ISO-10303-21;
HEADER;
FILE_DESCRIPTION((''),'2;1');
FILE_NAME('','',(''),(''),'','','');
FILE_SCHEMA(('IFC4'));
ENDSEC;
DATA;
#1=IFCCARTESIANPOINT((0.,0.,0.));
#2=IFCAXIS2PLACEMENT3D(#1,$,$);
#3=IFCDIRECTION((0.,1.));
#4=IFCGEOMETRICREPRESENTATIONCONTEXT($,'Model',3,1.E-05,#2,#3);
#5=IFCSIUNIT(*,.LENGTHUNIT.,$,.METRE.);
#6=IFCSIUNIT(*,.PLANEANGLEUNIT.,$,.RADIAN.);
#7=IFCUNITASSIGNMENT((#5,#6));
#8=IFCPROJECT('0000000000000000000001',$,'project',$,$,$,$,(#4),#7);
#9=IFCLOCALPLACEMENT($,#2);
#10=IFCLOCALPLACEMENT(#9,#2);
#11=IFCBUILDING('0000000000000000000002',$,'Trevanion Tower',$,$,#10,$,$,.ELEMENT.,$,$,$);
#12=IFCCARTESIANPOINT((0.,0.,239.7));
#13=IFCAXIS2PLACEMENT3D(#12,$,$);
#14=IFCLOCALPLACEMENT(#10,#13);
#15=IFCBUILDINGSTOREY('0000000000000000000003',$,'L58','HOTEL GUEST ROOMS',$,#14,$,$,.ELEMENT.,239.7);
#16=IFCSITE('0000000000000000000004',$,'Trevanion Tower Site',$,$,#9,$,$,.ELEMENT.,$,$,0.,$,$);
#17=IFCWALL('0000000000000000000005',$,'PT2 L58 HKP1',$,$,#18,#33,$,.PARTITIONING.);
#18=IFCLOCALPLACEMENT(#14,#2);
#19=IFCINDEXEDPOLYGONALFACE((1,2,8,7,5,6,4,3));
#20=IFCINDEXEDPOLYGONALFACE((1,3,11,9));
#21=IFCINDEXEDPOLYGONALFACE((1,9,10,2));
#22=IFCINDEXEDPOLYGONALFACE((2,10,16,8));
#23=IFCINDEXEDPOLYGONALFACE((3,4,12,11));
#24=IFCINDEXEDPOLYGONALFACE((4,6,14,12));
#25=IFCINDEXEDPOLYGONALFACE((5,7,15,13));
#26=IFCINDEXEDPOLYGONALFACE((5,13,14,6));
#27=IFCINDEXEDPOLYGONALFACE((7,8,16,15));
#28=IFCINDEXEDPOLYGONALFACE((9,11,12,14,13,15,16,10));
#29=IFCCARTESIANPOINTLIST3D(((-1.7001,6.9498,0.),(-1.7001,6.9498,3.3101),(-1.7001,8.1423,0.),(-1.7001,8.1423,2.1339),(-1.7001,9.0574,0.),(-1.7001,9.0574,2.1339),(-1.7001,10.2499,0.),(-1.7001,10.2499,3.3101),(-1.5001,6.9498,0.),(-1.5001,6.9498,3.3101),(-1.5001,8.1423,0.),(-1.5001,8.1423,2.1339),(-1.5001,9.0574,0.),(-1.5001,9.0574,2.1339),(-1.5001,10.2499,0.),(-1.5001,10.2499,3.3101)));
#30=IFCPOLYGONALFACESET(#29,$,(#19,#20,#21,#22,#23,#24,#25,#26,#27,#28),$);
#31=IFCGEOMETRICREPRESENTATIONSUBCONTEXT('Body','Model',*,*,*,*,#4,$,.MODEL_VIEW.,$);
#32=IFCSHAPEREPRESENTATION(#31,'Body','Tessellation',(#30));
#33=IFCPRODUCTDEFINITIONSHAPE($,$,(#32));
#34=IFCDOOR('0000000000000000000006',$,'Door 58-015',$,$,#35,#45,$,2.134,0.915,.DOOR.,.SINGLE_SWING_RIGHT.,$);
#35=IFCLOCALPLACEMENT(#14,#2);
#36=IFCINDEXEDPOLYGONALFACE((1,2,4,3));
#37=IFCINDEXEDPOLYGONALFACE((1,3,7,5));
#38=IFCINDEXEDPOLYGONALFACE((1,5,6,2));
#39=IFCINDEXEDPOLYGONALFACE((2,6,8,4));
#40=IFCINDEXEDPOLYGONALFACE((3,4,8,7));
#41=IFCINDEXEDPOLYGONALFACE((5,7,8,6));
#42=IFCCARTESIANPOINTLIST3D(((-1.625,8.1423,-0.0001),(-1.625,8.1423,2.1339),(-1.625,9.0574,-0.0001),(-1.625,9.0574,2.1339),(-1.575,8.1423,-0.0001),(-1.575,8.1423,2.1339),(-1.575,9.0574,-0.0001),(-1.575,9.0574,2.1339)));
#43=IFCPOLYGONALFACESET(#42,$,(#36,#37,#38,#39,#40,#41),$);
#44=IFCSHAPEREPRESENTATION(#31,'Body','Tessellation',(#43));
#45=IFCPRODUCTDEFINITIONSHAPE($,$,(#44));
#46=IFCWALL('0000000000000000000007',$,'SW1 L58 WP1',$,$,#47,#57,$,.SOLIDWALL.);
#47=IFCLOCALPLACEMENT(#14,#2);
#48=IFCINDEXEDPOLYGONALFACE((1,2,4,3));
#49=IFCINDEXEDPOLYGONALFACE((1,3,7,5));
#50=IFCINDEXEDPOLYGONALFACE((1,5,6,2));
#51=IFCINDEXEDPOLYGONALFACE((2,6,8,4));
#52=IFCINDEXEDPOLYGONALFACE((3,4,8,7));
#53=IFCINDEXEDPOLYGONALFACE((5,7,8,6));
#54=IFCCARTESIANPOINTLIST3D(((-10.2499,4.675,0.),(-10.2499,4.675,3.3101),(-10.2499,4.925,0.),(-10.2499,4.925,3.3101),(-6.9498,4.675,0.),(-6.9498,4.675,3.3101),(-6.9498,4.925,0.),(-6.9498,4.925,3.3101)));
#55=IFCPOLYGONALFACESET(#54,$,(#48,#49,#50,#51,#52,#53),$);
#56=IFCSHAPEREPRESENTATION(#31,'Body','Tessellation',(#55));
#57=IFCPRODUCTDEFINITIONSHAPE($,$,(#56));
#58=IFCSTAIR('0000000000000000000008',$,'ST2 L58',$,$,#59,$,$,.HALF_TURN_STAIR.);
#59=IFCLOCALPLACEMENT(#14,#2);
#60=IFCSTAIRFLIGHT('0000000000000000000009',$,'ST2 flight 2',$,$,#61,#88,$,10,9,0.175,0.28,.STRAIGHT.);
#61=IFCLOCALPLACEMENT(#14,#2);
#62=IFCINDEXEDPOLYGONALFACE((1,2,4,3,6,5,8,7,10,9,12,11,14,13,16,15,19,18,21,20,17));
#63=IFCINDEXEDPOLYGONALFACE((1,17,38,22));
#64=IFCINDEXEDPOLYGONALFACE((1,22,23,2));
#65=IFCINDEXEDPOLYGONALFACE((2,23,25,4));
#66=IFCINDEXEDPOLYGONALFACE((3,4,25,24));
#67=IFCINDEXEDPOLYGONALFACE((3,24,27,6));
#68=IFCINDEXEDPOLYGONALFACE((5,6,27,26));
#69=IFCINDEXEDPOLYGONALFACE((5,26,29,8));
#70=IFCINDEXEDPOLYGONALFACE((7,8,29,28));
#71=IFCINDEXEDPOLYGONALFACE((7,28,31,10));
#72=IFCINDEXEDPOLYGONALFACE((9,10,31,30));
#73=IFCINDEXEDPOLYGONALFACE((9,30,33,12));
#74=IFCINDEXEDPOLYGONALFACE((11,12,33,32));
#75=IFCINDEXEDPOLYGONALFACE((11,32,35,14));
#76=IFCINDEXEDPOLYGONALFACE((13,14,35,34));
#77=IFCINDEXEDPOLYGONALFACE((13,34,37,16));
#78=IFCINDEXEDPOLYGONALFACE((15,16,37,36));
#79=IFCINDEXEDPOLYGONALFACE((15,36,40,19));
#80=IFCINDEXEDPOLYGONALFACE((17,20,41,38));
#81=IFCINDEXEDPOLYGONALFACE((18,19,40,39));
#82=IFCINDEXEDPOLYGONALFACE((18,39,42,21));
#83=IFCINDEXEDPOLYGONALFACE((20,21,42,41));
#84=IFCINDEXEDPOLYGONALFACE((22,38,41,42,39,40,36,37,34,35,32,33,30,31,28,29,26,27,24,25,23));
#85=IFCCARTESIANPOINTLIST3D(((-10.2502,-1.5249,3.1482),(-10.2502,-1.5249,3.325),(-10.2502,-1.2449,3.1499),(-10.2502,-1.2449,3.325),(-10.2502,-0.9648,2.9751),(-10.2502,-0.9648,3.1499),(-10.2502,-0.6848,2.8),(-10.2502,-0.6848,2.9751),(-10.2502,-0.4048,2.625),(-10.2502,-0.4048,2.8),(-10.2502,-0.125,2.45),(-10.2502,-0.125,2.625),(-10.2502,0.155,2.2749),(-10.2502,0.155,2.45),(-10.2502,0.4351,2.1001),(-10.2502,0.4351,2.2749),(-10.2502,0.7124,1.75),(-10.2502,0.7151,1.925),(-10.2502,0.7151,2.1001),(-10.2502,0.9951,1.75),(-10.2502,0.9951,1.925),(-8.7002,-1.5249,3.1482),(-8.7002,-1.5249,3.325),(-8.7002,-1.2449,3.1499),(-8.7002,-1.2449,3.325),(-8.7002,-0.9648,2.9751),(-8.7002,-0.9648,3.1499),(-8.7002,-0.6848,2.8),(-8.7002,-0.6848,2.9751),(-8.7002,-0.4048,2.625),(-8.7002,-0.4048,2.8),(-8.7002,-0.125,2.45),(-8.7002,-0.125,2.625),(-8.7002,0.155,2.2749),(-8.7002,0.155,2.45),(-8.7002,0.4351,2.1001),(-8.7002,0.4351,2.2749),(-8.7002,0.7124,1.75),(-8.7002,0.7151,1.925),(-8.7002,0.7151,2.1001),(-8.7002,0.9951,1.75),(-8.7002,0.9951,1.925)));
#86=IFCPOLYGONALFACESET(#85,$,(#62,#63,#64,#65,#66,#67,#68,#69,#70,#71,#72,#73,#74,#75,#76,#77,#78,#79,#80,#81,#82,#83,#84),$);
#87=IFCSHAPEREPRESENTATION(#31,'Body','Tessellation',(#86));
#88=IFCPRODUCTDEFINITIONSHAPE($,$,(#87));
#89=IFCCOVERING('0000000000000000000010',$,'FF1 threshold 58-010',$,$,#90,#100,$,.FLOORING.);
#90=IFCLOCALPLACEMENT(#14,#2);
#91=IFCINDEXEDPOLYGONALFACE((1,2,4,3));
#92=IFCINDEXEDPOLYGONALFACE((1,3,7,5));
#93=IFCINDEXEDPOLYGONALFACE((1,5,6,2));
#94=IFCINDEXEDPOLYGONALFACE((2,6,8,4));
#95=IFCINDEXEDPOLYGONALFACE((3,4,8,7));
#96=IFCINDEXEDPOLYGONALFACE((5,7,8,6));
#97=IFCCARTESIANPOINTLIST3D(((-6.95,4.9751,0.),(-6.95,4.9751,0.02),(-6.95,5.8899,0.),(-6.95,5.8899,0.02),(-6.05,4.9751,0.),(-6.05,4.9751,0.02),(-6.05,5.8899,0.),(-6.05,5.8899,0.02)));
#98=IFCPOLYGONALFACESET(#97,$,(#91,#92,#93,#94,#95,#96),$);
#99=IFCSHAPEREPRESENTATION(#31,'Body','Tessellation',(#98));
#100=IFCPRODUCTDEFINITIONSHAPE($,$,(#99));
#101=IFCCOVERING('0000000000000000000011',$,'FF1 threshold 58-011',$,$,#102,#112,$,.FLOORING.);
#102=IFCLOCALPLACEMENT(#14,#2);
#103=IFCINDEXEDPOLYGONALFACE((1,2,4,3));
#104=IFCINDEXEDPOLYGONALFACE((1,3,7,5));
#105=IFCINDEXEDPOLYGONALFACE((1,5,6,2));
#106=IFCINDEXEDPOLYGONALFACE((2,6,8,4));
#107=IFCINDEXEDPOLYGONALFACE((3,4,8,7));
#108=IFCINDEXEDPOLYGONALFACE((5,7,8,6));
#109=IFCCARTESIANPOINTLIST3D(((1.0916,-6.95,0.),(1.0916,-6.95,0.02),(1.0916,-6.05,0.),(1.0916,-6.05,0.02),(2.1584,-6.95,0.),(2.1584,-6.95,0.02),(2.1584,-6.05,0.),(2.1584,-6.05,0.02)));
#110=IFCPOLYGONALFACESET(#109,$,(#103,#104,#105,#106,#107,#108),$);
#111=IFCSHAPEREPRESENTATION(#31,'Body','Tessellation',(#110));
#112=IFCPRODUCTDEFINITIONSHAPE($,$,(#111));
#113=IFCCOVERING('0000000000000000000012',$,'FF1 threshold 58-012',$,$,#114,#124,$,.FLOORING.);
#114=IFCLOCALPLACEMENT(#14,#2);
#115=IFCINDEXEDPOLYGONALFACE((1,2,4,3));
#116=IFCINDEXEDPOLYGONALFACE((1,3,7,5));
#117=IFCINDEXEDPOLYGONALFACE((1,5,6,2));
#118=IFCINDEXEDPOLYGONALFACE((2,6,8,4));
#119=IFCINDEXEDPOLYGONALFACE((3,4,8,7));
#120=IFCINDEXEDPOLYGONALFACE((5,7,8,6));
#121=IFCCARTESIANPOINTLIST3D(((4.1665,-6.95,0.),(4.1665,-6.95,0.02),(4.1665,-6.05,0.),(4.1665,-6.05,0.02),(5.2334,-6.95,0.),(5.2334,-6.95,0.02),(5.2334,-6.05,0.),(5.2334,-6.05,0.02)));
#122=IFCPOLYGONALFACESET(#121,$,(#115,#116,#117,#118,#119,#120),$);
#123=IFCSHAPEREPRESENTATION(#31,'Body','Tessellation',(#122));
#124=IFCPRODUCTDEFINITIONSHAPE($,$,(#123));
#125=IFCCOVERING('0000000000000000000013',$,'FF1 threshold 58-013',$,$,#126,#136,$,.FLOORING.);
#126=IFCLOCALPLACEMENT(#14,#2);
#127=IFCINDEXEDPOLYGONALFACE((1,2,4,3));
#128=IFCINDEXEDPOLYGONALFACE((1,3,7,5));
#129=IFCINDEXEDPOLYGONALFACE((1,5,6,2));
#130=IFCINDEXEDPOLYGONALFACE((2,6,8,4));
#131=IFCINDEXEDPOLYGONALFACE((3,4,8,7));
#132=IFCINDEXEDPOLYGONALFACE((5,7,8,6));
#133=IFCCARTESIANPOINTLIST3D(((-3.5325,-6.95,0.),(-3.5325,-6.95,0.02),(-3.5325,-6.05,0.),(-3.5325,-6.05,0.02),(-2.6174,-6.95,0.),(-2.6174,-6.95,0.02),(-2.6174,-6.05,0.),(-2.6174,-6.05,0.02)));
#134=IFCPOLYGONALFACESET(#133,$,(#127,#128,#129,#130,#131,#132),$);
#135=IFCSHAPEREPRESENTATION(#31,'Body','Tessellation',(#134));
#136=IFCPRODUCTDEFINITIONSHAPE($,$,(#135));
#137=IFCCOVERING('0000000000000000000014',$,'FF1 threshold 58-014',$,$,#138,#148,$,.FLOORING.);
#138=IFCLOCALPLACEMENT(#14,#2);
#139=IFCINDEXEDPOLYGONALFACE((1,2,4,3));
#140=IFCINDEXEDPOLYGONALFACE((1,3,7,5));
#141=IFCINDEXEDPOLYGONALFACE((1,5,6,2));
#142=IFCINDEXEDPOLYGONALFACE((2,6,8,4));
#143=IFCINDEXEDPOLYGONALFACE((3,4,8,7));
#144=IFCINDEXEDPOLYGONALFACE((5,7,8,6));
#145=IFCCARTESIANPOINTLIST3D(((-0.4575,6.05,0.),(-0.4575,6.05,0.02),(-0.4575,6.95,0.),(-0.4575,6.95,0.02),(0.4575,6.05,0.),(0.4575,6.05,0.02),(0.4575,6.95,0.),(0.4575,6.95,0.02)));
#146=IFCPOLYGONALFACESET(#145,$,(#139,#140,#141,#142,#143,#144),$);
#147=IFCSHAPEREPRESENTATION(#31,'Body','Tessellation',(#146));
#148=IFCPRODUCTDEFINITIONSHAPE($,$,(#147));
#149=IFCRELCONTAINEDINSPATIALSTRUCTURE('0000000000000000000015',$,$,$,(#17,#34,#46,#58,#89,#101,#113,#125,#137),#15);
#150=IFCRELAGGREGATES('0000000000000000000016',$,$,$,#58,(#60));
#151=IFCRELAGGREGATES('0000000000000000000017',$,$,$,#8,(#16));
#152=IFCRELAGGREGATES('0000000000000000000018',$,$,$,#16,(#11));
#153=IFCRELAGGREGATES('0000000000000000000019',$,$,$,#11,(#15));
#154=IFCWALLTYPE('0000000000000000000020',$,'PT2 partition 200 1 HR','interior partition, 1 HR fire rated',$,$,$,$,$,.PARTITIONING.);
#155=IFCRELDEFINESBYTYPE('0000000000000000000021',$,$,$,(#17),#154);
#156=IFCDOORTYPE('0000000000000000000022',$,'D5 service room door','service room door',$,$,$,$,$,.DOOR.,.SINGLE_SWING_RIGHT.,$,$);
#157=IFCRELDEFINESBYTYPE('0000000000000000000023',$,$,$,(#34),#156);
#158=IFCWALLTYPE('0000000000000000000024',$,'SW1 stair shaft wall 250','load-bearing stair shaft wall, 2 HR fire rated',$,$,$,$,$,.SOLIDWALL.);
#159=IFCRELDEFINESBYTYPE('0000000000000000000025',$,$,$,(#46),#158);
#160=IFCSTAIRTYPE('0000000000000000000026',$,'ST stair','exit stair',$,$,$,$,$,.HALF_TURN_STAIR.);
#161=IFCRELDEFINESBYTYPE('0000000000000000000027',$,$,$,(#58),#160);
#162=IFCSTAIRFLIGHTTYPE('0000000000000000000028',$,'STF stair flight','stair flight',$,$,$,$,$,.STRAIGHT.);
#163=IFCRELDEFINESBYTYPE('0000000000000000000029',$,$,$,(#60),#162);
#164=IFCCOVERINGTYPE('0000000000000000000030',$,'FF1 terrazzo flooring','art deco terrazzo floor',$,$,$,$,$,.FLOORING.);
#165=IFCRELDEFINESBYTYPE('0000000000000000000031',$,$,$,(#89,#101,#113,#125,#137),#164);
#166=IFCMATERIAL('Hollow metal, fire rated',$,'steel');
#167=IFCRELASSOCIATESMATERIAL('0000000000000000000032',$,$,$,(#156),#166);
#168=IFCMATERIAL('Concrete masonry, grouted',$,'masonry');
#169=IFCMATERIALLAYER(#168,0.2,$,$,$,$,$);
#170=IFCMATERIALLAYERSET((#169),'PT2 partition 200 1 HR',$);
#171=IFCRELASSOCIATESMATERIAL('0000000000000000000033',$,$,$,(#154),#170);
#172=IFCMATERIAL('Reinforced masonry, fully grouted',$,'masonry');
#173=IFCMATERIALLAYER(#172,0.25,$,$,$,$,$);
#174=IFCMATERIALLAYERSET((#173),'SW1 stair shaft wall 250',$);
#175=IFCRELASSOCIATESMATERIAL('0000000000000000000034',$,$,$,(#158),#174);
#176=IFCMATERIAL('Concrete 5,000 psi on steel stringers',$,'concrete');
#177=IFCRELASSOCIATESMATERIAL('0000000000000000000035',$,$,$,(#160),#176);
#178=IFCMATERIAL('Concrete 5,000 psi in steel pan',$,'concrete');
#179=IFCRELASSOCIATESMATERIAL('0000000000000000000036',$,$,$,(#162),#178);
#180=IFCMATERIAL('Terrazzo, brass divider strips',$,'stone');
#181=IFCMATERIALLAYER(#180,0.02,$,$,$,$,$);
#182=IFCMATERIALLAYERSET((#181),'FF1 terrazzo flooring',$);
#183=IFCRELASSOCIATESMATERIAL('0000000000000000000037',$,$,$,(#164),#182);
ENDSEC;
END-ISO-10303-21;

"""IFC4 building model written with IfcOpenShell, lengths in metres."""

from ifc_helpers import new_model, si_unit, direction, frame, frame_2d, origin, place, context, subcontext, project, spatial, polyline, rectangle, outline, extrude, material, layer, layer_set, type_object, element, fill, aggregate, save


model = new_model("IFC4")

# Units and contexts
model_context = context("Model", 3, precision=1e-05, world=origin(), true_north=direction((0.0, 1.0)))
body_context = subcontext(model_context, "Body", "Model", "MODEL_VIEW")
ifc_project = project(units=[si_unit("LENGTHUNIT", "METRE"), si_unit("PLANEANGLEUNIT", "RADIAN")], contexts=[model_context])

# Site, building, storey
site_placement = place(None, origin())
site = spatial("IfcSite", under=ifc_project, at=site_placement, Name="Trevanion Tower Site", CompositionType="ELEMENT", RefElevation=0.0)
building_placement = place(site_placement, origin())
building = spatial("IfcBuilding", under=site, at=building_placement, Name="Trevanion Tower", CompositionType="ELEMENT")
storey_placement = place(building_placement, frame((0.0, 0.0, 239.7)))
storey = spatial("IfcBuildingStorey", under=building, at=storey_placement, Name="L58", Description="HOTEL GUEST ROOMS", CompositionType="ELEMENT", Elevation=239.7)

# Shared definitions
ifc_material_1 = material(Name="Hollow metal, fire rated", Category="steel")
door_type_1 = type_object("IfcDoorType", Name="D5 service room door", Description="service room door", OperationType="SINGLE_SWING_RIGHT", PredefinedType="DOOR", material=ifc_material_1)

# Shared definitions
ifc_material_2 = material(Name="Concrete masonry, grouted", Category="masonry")
ifc_layer_1 = layer(ifc_material_2, 0.2)
ifc_layer_set_1 = layer_set([ifc_layer_1], Name="PT2 partition 200 1 HR")
wall_type_1 = type_object("IfcWallType", Name="PT2 partition 200 1 HR", Description="interior partition, 1 HR fire rated", PredefinedType="PARTITIONING", material=ifc_layer_set_1)

# Wall, opening, door
wall_1_placement = place(storey_placement, frame((-1.6001, 6.95, 0.0), z_axis=(0.0, 0.0, 1.0), x_axis=(0.0, 1.0, 0.0)))
wall_1 = element("IfcWall", 1, at=wall_1_placement, inside=storey, type_object=wall_type_1, Name="PT2 L58 HKP1", PredefinedType="PARTITIONING", context=body_context, shape_type="SweptSolid", body=[
    extrude(rectangle(XDim=3.3, YDim=0.2, at=frame_2d((1.6499, 0.0))), origin(), (0.0, 0.0, 1.0), 3.3101),
])
opening_1_placement = place(wall_1_placement, frame((1.1924, 0.0, 0.0)))
opening_1 = element("IfcOpeningElement", 2, at=opening_1_placement, cuts=wall_1, PredefinedType="OPENING", context=body_context, shape_type="SweptSolid", body=[
    extrude(rectangle(XDim=0.915, YDim=2.134, at=frame_2d((0.4575, 1.0669))), frame((0.0, 0.1099, 0.0), z_axis=(0.0, -1.0, 0.0), x_axis=(1.0, 0.0, 0.0)), (0.0, 0.0, 1.0), 0.22),
])
door_1_placement = place(opening_1_placement, origin())
door_1 = element("IfcDoor", 3, at=door_1_placement, inside=storey, type_object=door_type_1, Name="Door 58-015", OperationType="SINGLE_SWING_RIGHT", OverallHeight=2.134, OverallWidth=0.915, PredefinedType="DOOR", context=body_context, shape_type="SweptSolid", body=[
    extrude(rectangle(XDim=0.915, YDim=2.134, at=frame_2d((0.4575, 1.0669))), frame((0.0, 0.0249, 0.0), z_axis=(0.0, -1.0, 0.0), x_axis=(1.0, 0.0, 0.0)), (0.0, 0.0, 1.0), 0.05),
])
fill(opening_1, door_1)

# Wall
ifc_material_3 = material(Name="Reinforced masonry, fully grouted", Category="masonry")
ifc_layer_2 = layer(ifc_material_3, 0.25)
ifc_layer_set_2 = layer_set([ifc_layer_2], Name="SW1 stair shaft wall 250")
wall_type_2 = type_object("IfcWallType", Name="SW1 stair shaft wall 250", Description="load-bearing stair shaft wall, 2 HR fire rated", PredefinedType="SOLIDWALL", material=ifc_layer_set_2)
wall_2_placement = place(storey_placement, frame((-6.95, 4.8, 0.0), z_axis=(0.0, 0.0, 1.0), x_axis=(-1.0, 0.0, 0.0)))
element("IfcWall", 4, at=wall_2_placement, inside=storey, type_object=wall_type_2, Name="SW1 L58 WP1", PredefinedType="SOLIDWALL", context=body_context, shape_type="SweptSolid", body=[
    extrude(rectangle(XDim=3.3, YDim=0.25, at=frame_2d((1.6499, 0.0))), origin(), (0.0, 0.0, 1.0), 3.3101),
])

# Stair, stair flight
ifc_material_4 = material(Name="Concrete 5,000 psi on steel stringers", Category="concrete")
stair_type = type_object("IfcStairType", Name="ST stair", Description="exit stair", PredefinedType="HALF_TURN_STAIR", material=ifc_material_4)
stair_placement = place(storey_placement, origin())
stair = element("IfcStair", 5, at=stair_placement, inside=storey, type_object=stair_type, Name="ST2 L58", PredefinedType="HALF_TURN_STAIR")
ifc_material_5 = material(Name="Concrete 5,000 psi in steel pan", Category="concrete")
stair_flight_type = type_object("IfcStairFlightType", Name="STF stair flight", Description="stair flight", PredefinedType="STRAIGHT", material=ifc_material_5)
stair_flight_placement = place(storey_placement, frame((-9.4751, 0.9951, 1.75), z_axis=(0.0, 0.0, 1.0), x_axis=(0.0, -1.0, 0.0)))
stair_flight = element("IfcStairFlight", 6, at=stair_flight_placement, type_object=stair_flight_type, Name="ST2 flight 2", NumberOfRisers=10, NumberOfTreads=9, PredefinedType="STRAIGHT", RiserHeight=0.175, TreadLength=0.28, context=body_context, shape_type="SweptSolid", body=[
    extrude(outline(polyline([(0.0, 0.0), (0.0, 0.175), (0.28, 0.175), (0.28, 0.3501), (0.5601, 0.3501), (0.5601, 0.5249), (0.8401, 0.5249), (0.8401, 0.7), (1.1201, 0.7), (1.1201, 0.875), (1.3999, 0.875), (1.3999, 1.05), (1.6799, 1.05), (1.6799, 1.2251), (1.96, 1.2251), (1.96, 1.3999), (2.24, 1.3999), (2.24, 1.575), (2.52, 1.575), (2.52, 1.75), (2.52, 1.3982), (0.2827, 0.0), (0.0, 0.0)])), frame((0.0, 0.7749, 0.0), z_axis=(0.0, -1.0, 0.0), x_axis=(1.0, 0.0, 0.0)), (0.0, 0.0, 1.0), 1.55),
])
aggregate(stair, [stair_flight])

# Coverings
ifc_material_6 = material(Name="Terrazzo, brass divider strips", Category="stone")
ifc_layer_3 = layer(ifc_material_6, 0.02)
ifc_layer_set_3 = layer_set([ifc_layer_3], Name="FF1 terrazzo flooring")
covering_type = type_object("IfcCoveringType", Name="FF1 terrazzo flooring", Description="art deco terrazzo floor", PredefinedType="FLOORING", material=ifc_layer_set_3)
covering_1_placement = place(storey_placement, origin())
element("IfcCovering", 7, at=covering_1_placement, inside=storey, type_object=covering_type, Name="FF1 threshold 58-010", PredefinedType="FLOORING", context=body_context, shape_type="SweptSolid", body=[
    extrude(outline(polyline([(-6.95, 5.8899), (-6.95, 4.9751), (-6.05, 4.9751), (-6.05, 5.8899), (-6.95, 5.8899)])), origin(), (0.0, 0.0, 1.0), 0.02),
])
covering_2_placement = place(storey_placement, origin())
element("IfcCovering", 8, at=covering_2_placement, inside=storey, type_object=covering_type, Name="FF1 threshold 58-011", PredefinedType="FLOORING", context=body_context, shape_type="SweptSolid", body=[
    extrude(outline(polyline([(1.0916, -6.95), (2.1584, -6.95), (2.1584, -6.05), (1.0916, -6.05), (1.0916, -6.95)])), origin(), (0.0, 0.0, 1.0), 0.02),
])
covering_3_placement = place(storey_placement, origin())
element("IfcCovering", 9, at=covering_3_placement, inside=storey, type_object=covering_type, Name="FF1 threshold 58-012", PredefinedType="FLOORING", context=body_context, shape_type="SweptSolid", body=[
    extrude(outline(polyline([(4.1665, -6.95), (5.2334, -6.95), (5.2334, -6.05), (4.1665, -6.05), (4.1665, -6.95)])), origin(), (0.0, 0.0, 1.0), 0.02),
])
covering_4_placement = place(storey_placement, origin())
element("IfcCovering", 10, at=covering_4_placement, inside=storey, type_object=covering_type, Name="FF1 threshold 58-013", PredefinedType="FLOORING", context=body_context, shape_type="SweptSolid", body=[
    extrude(outline(polyline([(-3.5325, -6.95), (-2.6174, -6.95), (-2.6174, -6.05), (-3.5325, -6.05), (-3.5325, -6.95)])), origin(), (0.0, 0.0, 1.0), 0.02),
])
covering_5_placement = place(storey_placement, origin())
element("IfcCovering", 11, at=covering_5_placement, inside=storey, type_object=covering_type, Name="FF1 threshold 58-014", PredefinedType="FLOORING", context=body_context, shape_type="SweptSolid", body=[
    extrude(outline(polyline([(0.4575, 6.95), (-0.4575, 6.95), (-0.4575, 6.05), (0.4575, 6.05), (0.4575, 6.95)])), origin(), (0.0, 0.0, 1.0), 0.02),
])

save(model, "model.ifc")
